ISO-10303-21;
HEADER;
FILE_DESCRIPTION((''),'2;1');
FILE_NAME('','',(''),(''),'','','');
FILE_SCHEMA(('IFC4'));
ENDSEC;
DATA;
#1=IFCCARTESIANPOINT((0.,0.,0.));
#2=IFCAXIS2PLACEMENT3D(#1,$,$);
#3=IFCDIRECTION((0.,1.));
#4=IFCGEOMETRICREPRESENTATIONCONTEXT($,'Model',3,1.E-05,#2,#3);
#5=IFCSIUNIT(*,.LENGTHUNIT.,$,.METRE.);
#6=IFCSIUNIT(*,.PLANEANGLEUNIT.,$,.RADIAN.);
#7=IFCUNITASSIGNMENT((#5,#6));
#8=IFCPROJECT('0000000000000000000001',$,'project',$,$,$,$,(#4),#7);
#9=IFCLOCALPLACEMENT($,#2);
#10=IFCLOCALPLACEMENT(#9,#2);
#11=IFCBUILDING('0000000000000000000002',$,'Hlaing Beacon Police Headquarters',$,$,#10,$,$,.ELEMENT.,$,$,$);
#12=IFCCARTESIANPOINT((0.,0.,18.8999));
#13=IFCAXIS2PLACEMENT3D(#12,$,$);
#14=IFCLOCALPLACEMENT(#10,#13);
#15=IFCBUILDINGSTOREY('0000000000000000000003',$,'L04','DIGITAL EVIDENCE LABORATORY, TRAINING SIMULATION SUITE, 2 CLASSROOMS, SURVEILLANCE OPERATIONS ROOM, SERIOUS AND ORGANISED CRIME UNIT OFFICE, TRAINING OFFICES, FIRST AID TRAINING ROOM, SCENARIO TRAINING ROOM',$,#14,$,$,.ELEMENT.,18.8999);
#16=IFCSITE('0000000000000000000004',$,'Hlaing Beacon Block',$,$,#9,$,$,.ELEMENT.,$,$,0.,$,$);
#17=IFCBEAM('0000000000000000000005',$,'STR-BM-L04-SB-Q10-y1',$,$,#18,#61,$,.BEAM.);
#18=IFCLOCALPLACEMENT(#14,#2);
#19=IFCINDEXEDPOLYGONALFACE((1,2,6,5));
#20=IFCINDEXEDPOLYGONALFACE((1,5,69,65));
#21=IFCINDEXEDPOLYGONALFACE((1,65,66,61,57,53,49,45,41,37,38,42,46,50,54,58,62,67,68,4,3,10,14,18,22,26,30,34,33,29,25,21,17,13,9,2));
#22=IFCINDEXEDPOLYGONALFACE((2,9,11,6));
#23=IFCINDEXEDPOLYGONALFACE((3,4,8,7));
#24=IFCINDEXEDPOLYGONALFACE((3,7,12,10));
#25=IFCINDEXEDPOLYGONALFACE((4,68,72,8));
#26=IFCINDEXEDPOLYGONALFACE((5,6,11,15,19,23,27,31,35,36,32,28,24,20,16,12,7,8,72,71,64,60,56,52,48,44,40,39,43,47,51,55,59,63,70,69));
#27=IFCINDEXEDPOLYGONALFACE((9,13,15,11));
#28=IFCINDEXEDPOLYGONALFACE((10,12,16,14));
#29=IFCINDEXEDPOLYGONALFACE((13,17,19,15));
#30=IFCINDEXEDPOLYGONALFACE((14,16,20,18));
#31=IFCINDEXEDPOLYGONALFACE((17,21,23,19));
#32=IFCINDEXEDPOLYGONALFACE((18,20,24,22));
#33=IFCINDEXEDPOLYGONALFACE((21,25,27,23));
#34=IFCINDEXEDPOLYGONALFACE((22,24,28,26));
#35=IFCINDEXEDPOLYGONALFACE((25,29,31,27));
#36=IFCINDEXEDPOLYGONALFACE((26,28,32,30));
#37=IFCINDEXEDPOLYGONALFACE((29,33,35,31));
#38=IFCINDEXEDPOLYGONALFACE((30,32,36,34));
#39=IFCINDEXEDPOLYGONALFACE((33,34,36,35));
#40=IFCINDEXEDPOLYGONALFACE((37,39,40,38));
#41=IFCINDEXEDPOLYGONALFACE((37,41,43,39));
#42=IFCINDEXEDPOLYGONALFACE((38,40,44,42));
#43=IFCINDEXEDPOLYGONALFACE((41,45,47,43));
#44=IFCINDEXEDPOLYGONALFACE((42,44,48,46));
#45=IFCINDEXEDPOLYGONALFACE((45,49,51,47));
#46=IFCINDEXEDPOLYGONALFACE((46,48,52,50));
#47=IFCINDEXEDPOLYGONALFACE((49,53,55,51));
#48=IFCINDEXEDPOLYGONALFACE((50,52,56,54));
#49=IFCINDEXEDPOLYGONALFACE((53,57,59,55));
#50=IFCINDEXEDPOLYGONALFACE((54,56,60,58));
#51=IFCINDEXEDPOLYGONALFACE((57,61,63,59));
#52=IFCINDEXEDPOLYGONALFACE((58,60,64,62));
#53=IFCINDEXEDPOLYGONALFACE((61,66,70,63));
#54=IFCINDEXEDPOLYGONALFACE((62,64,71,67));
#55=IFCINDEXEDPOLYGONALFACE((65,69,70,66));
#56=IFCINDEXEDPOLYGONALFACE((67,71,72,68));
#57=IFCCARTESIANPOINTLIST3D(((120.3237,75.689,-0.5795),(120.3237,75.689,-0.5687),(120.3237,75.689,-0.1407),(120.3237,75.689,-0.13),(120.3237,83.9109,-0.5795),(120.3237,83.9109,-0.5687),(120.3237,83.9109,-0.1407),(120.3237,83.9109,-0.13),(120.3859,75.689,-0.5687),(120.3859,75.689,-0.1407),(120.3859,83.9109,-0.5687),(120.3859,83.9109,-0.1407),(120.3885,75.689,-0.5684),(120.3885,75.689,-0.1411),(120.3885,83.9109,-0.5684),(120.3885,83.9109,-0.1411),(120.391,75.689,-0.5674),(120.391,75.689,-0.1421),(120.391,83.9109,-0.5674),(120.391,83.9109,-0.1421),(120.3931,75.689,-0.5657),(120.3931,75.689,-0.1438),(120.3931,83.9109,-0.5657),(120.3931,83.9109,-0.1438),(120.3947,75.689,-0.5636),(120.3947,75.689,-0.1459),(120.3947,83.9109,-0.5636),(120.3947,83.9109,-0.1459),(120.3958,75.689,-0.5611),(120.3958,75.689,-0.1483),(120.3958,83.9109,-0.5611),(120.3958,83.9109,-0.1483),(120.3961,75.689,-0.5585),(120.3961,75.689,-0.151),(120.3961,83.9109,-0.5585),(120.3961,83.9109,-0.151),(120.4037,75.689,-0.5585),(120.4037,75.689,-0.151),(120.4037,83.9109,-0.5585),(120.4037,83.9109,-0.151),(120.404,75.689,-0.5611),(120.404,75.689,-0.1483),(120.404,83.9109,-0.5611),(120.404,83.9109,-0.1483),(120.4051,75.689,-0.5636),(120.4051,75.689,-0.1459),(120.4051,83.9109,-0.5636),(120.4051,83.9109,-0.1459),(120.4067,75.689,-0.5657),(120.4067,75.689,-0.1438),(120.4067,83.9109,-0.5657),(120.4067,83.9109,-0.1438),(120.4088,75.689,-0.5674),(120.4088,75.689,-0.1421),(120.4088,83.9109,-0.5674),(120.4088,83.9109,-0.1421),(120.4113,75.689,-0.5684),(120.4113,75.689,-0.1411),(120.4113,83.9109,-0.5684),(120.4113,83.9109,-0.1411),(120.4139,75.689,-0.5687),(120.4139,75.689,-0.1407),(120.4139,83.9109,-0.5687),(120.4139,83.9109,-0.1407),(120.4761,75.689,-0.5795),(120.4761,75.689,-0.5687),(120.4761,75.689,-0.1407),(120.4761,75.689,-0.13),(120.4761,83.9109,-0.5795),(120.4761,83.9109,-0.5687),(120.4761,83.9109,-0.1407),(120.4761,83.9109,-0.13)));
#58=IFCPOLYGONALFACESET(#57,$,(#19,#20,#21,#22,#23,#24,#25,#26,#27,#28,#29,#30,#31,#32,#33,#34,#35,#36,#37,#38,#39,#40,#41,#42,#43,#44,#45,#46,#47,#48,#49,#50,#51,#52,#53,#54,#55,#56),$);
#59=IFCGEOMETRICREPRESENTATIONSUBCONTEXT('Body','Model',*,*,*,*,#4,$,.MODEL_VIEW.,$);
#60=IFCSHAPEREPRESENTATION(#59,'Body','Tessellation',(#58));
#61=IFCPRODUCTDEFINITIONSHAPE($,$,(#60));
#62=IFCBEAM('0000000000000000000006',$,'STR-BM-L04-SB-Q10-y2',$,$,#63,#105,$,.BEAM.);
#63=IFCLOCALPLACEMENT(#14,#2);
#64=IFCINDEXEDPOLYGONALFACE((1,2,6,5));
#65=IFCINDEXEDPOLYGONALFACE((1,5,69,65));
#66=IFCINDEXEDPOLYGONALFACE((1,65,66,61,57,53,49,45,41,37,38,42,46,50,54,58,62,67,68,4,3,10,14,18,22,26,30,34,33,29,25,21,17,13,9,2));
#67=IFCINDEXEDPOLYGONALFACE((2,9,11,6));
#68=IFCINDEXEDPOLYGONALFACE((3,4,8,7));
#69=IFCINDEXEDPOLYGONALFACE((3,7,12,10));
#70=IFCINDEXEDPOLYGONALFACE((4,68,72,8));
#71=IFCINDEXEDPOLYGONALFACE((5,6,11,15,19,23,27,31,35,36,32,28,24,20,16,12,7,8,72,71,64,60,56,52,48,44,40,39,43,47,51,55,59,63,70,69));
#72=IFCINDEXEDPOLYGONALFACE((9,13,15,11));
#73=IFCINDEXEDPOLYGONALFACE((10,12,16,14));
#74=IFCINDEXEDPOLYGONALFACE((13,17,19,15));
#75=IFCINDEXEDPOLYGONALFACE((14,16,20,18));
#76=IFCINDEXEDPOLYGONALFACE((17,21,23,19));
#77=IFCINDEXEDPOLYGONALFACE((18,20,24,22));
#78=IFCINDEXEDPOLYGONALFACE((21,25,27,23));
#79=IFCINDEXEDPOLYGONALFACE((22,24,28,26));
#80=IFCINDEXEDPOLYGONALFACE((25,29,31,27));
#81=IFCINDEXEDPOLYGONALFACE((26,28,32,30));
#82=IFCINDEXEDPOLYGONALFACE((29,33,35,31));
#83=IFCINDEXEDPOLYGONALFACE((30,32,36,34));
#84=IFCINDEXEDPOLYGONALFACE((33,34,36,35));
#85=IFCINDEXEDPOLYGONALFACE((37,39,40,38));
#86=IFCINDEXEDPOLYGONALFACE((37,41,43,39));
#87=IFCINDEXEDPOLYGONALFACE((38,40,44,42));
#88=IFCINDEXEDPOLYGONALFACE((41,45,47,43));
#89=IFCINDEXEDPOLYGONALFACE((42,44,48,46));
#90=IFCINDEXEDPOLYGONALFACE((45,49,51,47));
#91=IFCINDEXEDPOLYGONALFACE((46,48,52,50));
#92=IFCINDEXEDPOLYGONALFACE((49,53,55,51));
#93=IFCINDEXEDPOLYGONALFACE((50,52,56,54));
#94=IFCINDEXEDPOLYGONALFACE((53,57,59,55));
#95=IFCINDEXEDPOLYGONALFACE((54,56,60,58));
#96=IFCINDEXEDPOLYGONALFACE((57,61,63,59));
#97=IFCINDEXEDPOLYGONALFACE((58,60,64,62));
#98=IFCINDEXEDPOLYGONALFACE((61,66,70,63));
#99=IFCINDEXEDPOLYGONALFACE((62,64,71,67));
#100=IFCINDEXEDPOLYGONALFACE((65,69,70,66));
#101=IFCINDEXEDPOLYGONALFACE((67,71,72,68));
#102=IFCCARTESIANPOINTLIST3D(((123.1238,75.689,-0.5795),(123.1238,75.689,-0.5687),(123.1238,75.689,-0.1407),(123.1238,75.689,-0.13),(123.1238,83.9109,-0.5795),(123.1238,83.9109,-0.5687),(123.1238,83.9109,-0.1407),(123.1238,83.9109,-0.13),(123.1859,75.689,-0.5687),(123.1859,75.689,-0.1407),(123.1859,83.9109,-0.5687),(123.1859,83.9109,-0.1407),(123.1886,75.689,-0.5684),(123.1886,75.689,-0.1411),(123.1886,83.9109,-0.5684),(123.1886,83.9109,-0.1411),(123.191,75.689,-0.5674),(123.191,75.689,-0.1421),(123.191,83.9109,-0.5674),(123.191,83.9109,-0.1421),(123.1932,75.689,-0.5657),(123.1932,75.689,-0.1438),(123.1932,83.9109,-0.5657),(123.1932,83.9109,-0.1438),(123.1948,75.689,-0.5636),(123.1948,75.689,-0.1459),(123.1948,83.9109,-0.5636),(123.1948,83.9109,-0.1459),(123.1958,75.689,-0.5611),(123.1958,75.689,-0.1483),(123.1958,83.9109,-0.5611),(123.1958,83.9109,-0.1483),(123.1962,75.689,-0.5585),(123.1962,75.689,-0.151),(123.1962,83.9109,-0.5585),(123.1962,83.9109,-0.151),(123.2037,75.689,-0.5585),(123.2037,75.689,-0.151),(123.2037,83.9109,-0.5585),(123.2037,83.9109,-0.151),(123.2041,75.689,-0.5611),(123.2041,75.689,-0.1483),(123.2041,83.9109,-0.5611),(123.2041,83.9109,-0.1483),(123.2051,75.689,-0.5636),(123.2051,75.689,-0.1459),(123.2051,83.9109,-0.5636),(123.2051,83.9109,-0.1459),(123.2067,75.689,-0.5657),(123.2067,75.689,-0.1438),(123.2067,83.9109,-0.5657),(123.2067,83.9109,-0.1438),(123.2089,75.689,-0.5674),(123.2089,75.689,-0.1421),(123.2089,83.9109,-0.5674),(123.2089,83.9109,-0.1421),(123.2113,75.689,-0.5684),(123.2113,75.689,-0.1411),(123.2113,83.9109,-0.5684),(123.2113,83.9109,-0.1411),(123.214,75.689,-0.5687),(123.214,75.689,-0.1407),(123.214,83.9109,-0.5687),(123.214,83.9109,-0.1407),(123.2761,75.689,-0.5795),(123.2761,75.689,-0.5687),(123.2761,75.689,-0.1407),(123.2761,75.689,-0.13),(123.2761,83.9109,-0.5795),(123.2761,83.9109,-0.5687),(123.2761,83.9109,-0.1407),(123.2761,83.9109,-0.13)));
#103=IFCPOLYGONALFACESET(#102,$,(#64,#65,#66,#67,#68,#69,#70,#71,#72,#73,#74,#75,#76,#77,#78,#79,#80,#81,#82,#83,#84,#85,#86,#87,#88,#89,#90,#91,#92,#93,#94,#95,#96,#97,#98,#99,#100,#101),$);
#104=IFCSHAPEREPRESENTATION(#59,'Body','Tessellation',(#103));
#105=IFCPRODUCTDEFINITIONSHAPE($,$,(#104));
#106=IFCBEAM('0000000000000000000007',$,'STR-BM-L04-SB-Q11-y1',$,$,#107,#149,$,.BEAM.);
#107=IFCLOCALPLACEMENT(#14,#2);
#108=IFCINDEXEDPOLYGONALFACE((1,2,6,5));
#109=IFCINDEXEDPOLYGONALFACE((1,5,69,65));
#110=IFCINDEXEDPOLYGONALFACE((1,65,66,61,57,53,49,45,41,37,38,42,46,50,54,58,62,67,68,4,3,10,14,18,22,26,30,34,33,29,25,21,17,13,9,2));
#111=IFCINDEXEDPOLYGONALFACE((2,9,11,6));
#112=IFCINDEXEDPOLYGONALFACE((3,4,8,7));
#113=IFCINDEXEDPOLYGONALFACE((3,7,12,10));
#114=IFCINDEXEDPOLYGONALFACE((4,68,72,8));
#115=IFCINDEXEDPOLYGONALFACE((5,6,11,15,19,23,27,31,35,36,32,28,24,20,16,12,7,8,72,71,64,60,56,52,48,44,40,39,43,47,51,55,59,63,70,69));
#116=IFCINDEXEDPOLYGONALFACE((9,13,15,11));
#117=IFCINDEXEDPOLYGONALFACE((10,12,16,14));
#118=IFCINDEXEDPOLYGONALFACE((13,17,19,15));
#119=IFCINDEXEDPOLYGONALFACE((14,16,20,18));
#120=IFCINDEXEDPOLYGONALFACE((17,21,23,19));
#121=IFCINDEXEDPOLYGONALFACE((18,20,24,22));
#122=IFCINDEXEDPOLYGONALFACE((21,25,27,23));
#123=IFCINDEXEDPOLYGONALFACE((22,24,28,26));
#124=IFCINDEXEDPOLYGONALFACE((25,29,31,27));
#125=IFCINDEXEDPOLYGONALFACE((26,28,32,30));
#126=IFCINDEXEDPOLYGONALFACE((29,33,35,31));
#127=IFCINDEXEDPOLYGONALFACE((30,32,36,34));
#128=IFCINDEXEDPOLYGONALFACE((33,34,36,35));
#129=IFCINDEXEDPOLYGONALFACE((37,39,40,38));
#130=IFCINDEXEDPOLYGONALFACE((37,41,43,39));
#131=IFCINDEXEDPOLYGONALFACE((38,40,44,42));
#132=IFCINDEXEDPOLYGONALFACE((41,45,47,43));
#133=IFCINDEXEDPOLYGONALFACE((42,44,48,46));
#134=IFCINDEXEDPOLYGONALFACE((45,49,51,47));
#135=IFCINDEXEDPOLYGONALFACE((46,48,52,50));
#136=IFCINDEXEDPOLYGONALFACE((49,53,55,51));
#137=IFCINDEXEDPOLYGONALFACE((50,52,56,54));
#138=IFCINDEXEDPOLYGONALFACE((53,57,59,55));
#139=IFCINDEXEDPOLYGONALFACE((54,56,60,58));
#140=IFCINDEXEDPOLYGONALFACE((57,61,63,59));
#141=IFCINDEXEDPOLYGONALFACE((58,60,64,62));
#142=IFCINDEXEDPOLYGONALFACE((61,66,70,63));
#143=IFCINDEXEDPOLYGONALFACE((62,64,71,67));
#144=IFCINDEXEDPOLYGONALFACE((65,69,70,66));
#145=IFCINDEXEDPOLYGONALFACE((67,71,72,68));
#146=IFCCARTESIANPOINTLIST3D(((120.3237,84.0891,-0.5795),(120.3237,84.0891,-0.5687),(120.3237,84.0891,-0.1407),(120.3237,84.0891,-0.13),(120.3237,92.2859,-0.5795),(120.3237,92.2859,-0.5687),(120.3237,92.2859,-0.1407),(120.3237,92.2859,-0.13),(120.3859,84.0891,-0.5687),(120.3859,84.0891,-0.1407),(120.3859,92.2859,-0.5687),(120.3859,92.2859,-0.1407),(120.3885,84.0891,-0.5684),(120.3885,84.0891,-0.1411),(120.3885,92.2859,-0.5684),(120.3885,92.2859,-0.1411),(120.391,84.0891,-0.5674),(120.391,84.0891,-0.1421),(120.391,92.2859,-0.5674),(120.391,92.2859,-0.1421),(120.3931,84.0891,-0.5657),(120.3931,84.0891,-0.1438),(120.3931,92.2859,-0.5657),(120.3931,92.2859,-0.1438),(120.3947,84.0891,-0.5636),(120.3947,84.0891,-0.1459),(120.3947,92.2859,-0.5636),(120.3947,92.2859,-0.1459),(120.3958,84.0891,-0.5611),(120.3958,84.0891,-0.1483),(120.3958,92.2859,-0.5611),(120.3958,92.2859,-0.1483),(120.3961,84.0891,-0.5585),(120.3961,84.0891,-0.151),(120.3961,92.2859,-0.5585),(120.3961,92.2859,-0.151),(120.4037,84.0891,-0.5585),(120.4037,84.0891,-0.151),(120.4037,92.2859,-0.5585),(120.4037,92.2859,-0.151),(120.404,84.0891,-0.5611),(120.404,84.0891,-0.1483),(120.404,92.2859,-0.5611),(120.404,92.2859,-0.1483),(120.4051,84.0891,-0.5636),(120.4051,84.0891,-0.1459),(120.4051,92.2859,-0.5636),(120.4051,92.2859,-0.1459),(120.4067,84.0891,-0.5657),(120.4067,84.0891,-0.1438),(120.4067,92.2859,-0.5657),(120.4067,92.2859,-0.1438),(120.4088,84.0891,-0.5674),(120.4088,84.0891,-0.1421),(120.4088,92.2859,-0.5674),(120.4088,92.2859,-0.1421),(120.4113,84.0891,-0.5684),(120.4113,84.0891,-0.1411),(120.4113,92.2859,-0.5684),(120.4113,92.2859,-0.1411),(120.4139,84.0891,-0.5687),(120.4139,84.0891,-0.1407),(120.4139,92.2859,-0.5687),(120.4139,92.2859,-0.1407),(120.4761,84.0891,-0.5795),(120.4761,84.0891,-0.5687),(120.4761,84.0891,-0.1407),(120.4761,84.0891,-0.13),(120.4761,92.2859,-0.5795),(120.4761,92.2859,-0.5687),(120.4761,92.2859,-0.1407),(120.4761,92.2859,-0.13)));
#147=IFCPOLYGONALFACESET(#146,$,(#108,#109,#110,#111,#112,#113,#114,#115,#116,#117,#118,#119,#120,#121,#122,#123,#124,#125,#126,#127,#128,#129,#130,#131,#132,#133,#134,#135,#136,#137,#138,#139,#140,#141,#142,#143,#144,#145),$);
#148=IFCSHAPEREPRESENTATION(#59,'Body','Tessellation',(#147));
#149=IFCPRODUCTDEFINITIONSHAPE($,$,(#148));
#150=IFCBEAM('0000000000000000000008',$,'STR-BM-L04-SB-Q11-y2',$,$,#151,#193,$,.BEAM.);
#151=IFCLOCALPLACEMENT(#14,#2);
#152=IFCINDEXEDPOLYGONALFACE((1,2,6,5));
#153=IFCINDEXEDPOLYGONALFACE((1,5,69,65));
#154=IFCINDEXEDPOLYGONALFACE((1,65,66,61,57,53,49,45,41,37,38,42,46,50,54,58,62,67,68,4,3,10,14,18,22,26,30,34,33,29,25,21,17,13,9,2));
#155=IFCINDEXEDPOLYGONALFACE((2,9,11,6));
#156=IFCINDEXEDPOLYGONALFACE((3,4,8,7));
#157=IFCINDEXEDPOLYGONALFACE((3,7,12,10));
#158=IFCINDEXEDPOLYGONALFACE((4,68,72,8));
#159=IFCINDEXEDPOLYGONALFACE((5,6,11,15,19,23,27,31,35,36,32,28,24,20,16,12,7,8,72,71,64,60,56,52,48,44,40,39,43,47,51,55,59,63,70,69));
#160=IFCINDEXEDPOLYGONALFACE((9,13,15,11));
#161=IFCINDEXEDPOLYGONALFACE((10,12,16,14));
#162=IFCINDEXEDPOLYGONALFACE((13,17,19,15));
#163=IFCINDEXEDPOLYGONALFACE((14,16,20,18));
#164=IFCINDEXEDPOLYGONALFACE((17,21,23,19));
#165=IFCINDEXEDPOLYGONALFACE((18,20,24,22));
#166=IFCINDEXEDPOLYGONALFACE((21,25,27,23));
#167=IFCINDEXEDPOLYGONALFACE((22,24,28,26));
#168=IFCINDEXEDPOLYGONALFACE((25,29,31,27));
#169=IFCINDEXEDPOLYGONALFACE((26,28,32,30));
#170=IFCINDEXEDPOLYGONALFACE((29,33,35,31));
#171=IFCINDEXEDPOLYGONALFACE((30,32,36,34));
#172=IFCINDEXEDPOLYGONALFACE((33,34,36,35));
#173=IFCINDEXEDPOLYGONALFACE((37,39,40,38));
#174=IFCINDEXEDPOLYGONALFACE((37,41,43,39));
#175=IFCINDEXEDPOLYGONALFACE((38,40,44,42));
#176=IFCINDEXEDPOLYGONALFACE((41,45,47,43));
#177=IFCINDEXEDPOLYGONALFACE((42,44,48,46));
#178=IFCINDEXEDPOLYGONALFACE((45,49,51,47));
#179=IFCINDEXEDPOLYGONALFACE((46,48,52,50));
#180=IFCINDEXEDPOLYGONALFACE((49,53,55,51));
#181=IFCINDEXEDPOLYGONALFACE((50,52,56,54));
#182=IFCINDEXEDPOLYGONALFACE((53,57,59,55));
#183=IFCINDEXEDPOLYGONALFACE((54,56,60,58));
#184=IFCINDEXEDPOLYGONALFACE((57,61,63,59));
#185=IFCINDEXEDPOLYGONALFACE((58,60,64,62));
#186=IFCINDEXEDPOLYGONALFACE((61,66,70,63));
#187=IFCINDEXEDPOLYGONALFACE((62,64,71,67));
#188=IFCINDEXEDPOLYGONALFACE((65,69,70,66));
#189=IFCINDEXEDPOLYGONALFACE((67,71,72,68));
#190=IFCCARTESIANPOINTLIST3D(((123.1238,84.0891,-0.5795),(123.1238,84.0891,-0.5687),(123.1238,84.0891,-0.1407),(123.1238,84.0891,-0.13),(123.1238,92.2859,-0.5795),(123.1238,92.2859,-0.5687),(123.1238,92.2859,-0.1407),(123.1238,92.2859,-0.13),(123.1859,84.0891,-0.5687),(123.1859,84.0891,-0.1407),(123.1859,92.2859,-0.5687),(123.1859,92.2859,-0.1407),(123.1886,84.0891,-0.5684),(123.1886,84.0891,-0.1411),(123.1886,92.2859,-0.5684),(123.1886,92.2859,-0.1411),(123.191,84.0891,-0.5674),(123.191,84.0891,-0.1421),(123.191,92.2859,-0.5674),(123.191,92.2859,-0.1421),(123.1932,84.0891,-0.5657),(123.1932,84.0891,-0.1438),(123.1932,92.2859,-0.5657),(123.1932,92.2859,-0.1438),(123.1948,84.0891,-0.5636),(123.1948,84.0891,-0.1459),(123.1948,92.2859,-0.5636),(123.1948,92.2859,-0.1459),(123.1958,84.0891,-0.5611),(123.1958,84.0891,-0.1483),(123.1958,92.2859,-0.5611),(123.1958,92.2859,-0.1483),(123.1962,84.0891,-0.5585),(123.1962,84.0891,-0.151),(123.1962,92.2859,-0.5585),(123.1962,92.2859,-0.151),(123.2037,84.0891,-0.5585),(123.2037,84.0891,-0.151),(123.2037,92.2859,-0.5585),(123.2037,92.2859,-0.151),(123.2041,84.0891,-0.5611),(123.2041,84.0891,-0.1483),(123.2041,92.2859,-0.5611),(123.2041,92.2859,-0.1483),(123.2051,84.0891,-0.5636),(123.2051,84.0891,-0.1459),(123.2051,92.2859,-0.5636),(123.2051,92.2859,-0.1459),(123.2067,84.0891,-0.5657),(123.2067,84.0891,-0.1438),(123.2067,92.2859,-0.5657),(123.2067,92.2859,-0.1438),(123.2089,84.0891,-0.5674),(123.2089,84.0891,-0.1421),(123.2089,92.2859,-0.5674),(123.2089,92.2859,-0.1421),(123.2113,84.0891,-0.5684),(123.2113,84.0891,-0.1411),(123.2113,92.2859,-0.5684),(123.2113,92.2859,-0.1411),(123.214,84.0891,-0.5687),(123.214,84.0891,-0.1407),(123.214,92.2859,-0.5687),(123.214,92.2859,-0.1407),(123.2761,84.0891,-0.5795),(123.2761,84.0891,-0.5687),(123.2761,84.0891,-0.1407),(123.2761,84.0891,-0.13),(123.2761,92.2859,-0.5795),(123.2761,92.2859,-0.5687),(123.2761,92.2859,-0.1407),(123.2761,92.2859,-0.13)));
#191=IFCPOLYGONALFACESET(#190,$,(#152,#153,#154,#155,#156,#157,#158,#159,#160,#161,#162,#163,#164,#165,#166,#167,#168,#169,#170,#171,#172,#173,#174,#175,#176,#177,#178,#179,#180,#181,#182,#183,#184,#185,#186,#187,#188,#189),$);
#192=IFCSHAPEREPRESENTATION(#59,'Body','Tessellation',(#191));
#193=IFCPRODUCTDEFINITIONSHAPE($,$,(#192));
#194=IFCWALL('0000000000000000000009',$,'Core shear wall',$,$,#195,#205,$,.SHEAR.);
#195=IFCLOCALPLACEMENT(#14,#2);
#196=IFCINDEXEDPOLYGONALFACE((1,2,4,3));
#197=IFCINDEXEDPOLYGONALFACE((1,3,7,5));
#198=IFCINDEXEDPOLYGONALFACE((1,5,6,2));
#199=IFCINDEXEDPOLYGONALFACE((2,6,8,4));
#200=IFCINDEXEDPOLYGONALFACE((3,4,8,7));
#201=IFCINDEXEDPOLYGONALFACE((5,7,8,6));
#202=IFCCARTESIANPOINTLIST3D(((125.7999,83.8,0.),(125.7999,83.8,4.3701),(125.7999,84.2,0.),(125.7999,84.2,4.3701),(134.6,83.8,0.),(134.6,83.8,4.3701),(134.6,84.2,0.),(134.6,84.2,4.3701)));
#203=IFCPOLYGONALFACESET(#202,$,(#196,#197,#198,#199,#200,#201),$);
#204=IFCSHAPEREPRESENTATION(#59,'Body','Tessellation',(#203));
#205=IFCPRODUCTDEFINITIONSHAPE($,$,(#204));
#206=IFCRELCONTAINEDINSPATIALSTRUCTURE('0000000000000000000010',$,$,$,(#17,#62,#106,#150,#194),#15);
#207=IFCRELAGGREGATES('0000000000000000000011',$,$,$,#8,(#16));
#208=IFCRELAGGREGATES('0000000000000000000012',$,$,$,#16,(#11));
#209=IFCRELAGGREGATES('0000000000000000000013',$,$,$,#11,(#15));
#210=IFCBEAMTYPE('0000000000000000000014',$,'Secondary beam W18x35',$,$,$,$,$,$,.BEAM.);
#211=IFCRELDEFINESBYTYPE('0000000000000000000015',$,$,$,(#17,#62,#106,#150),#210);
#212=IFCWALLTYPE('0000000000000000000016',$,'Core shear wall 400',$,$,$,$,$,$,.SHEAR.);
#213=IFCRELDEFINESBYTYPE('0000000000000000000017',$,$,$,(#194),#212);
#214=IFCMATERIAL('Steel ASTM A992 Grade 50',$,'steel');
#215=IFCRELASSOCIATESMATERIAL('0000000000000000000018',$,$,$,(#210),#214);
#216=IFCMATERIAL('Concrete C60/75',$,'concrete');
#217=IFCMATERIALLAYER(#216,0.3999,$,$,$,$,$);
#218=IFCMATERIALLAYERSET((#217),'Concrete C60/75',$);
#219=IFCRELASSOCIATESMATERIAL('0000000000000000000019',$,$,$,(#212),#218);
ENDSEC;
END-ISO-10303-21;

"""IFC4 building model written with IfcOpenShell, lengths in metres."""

from ifc_helpers import new_model, si_unit, direction, frame, frame_2d, origin, origin_2d, place, context, subcontext, project, spatial, rectangle, i_section, extrude, material, layer, layer_set, material_profile, profile_set, type_object, element, save


model = new_model("IFC4")

# Units and contexts
model_context = context("Model", 3, precision=1e-05, world=origin(), true_north=direction((0.0, 1.0)))
body_context = subcontext(model_context, "Body", "Model", "MODEL_VIEW")
ifc_project = project(units=[si_unit("LENGTHUNIT", "METRE"), si_unit("PLANEANGLEUNIT", "RADIAN")], contexts=[model_context])

# Site, building, storey
site_placement = place(None, origin())
site = spatial("IfcSite", under=ifc_project, at=site_placement, Name="Hlaing Beacon Block", CompositionType="ELEMENT", RefElevation=0.0)
building_placement = place(site_placement, origin())
building = spatial("IfcBuilding", under=site, at=building_placement, Name="Hlaing Beacon Police Headquarters", CompositionType="ELEMENT")
storey_placement = place(building_placement, frame((0.0, 0.0, 18.8999)))
storey = spatial("IfcBuildingStorey", under=building, at=storey_placement, Name="L04", Description="DIGITAL EVIDENCE LABORATORY, TRAINING SIMULATION SUITE, 2 CLASSROOMS, SURVEILLANCE OPERATIONS ROOM, SERIOUS AND ORGANISED CRIME UNIT OFFICE, TRAINING OFFICES, FIRST AID TRAINING ROOM, SCENARIO TRAINING ROOM", CompositionType="ELEMENT", Elevation=18.8999)

# Beams
ifc_material_1 = material(Name="Steel ASTM A992 Grade 50", Category="steel")
ifc_material_profile_1 = material_profile(ifc_material_1, i_section(OverallWidth=0.1523, OverallDepth=0.4495, WebThickness=0.0076, FlangeThickness=0.0107, FilletRadius=0.0103, at=origin_2d()), Name="W18x35")
ifc_profile_set_1 = profile_set([ifc_material_profile_1], Name="Steel ASTM A992 Grade 50")
beam_type_1 = type_object("IfcBeamType", Name="Secondary beam W18x35", PredefinedType="BEAM", material=ifc_profile_set_1)
for number, where, z_axis, x_axis, name in (
    (1, (120.3999, 75.689, -0.3547), (0.0, 1.0, 0.0), (-1.0, 0.0, 0.0), "STR-BM-L04-SB-Q10-y1"),
    (2, (123.2, 75.689, -0.3547), (0.0, 1.0, 0.0), (-1.0, 0.0, 0.0), "STR-BM-L04-SB-Q10-y2"),
):
    element("IfcBeam", number, at=place(storey_placement, frame(where, z_axis=z_axis, x_axis=x_axis)), inside=storey, type_object=beam_type_1, Name=name, PredefinedType="BEAM", context=body_context, shape_type="SweptSolid", body=[
        extrude(i_section(OverallWidth=0.1523, OverallDepth=0.4495, WebThickness=0.0076, FlangeThickness=0.0107, FilletRadius=0.0103, at=origin_2d()), origin(), (0.0, 0.0, 1.0), 8.2219),
    ])
for number, where, z_axis, x_axis, name in (
    (3, (120.3999, 84.0891, -0.3547), (0.0, 1.0, 0.0), (-1.0, 0.0, 0.0), "STR-BM-L04-SB-Q11-y1"),
    (4, (123.2, 84.0891, -0.3547), (0.0, 1.0, 0.0), (-1.0, 0.0, 0.0), "STR-BM-L04-SB-Q11-y2"),
):
    element("IfcBeam", number, at=place(storey_placement, frame(where, z_axis=z_axis, x_axis=x_axis)), inside=storey, type_object=beam_type_1, Name=name, PredefinedType="BEAM", context=body_context, shape_type="SweptSolid", body=[
        extrude(i_section(OverallWidth=0.1523, OverallDepth=0.4495, WebThickness=0.0076, FlangeThickness=0.0107, FilletRadius=0.0103, at=origin_2d()), origin(), (0.0, 0.0, 1.0), 8.1968),
    ])

# Wall
ifc_material_2 = material(Name="Concrete C60/75", Category="concrete")
ifc_layer_1 = layer(ifc_material_2, 0.3999)
ifc_layer_set_1 = layer_set([ifc_layer_1], Name="Concrete C60/75")
wall_type_1 = type_object("IfcWallType", Name="Core shear wall 400", PredefinedType="SHEAR", material=ifc_layer_set_1)
wall_1_placement = place(storey_placement, frame((125.8, 84.0, 0.0), z_axis=(0.0, 0.0, 1.0), x_axis=(1.0, 0.0, 0.0)))
element("IfcWall", 5, at=wall_1_placement, inside=storey, type_object=wall_type_1, Name="Core shear wall", PredefinedType="SHEAR", context=body_context, shape_type="SweptSolid", body=[
    extrude(rectangle(XDim=8.8, YDim=0.3999, at=frame_2d((4.3999, 0.0))), origin(), (0.0, 0.0, 1.0), 4.3701),
])

save(model, "model.ifc")
